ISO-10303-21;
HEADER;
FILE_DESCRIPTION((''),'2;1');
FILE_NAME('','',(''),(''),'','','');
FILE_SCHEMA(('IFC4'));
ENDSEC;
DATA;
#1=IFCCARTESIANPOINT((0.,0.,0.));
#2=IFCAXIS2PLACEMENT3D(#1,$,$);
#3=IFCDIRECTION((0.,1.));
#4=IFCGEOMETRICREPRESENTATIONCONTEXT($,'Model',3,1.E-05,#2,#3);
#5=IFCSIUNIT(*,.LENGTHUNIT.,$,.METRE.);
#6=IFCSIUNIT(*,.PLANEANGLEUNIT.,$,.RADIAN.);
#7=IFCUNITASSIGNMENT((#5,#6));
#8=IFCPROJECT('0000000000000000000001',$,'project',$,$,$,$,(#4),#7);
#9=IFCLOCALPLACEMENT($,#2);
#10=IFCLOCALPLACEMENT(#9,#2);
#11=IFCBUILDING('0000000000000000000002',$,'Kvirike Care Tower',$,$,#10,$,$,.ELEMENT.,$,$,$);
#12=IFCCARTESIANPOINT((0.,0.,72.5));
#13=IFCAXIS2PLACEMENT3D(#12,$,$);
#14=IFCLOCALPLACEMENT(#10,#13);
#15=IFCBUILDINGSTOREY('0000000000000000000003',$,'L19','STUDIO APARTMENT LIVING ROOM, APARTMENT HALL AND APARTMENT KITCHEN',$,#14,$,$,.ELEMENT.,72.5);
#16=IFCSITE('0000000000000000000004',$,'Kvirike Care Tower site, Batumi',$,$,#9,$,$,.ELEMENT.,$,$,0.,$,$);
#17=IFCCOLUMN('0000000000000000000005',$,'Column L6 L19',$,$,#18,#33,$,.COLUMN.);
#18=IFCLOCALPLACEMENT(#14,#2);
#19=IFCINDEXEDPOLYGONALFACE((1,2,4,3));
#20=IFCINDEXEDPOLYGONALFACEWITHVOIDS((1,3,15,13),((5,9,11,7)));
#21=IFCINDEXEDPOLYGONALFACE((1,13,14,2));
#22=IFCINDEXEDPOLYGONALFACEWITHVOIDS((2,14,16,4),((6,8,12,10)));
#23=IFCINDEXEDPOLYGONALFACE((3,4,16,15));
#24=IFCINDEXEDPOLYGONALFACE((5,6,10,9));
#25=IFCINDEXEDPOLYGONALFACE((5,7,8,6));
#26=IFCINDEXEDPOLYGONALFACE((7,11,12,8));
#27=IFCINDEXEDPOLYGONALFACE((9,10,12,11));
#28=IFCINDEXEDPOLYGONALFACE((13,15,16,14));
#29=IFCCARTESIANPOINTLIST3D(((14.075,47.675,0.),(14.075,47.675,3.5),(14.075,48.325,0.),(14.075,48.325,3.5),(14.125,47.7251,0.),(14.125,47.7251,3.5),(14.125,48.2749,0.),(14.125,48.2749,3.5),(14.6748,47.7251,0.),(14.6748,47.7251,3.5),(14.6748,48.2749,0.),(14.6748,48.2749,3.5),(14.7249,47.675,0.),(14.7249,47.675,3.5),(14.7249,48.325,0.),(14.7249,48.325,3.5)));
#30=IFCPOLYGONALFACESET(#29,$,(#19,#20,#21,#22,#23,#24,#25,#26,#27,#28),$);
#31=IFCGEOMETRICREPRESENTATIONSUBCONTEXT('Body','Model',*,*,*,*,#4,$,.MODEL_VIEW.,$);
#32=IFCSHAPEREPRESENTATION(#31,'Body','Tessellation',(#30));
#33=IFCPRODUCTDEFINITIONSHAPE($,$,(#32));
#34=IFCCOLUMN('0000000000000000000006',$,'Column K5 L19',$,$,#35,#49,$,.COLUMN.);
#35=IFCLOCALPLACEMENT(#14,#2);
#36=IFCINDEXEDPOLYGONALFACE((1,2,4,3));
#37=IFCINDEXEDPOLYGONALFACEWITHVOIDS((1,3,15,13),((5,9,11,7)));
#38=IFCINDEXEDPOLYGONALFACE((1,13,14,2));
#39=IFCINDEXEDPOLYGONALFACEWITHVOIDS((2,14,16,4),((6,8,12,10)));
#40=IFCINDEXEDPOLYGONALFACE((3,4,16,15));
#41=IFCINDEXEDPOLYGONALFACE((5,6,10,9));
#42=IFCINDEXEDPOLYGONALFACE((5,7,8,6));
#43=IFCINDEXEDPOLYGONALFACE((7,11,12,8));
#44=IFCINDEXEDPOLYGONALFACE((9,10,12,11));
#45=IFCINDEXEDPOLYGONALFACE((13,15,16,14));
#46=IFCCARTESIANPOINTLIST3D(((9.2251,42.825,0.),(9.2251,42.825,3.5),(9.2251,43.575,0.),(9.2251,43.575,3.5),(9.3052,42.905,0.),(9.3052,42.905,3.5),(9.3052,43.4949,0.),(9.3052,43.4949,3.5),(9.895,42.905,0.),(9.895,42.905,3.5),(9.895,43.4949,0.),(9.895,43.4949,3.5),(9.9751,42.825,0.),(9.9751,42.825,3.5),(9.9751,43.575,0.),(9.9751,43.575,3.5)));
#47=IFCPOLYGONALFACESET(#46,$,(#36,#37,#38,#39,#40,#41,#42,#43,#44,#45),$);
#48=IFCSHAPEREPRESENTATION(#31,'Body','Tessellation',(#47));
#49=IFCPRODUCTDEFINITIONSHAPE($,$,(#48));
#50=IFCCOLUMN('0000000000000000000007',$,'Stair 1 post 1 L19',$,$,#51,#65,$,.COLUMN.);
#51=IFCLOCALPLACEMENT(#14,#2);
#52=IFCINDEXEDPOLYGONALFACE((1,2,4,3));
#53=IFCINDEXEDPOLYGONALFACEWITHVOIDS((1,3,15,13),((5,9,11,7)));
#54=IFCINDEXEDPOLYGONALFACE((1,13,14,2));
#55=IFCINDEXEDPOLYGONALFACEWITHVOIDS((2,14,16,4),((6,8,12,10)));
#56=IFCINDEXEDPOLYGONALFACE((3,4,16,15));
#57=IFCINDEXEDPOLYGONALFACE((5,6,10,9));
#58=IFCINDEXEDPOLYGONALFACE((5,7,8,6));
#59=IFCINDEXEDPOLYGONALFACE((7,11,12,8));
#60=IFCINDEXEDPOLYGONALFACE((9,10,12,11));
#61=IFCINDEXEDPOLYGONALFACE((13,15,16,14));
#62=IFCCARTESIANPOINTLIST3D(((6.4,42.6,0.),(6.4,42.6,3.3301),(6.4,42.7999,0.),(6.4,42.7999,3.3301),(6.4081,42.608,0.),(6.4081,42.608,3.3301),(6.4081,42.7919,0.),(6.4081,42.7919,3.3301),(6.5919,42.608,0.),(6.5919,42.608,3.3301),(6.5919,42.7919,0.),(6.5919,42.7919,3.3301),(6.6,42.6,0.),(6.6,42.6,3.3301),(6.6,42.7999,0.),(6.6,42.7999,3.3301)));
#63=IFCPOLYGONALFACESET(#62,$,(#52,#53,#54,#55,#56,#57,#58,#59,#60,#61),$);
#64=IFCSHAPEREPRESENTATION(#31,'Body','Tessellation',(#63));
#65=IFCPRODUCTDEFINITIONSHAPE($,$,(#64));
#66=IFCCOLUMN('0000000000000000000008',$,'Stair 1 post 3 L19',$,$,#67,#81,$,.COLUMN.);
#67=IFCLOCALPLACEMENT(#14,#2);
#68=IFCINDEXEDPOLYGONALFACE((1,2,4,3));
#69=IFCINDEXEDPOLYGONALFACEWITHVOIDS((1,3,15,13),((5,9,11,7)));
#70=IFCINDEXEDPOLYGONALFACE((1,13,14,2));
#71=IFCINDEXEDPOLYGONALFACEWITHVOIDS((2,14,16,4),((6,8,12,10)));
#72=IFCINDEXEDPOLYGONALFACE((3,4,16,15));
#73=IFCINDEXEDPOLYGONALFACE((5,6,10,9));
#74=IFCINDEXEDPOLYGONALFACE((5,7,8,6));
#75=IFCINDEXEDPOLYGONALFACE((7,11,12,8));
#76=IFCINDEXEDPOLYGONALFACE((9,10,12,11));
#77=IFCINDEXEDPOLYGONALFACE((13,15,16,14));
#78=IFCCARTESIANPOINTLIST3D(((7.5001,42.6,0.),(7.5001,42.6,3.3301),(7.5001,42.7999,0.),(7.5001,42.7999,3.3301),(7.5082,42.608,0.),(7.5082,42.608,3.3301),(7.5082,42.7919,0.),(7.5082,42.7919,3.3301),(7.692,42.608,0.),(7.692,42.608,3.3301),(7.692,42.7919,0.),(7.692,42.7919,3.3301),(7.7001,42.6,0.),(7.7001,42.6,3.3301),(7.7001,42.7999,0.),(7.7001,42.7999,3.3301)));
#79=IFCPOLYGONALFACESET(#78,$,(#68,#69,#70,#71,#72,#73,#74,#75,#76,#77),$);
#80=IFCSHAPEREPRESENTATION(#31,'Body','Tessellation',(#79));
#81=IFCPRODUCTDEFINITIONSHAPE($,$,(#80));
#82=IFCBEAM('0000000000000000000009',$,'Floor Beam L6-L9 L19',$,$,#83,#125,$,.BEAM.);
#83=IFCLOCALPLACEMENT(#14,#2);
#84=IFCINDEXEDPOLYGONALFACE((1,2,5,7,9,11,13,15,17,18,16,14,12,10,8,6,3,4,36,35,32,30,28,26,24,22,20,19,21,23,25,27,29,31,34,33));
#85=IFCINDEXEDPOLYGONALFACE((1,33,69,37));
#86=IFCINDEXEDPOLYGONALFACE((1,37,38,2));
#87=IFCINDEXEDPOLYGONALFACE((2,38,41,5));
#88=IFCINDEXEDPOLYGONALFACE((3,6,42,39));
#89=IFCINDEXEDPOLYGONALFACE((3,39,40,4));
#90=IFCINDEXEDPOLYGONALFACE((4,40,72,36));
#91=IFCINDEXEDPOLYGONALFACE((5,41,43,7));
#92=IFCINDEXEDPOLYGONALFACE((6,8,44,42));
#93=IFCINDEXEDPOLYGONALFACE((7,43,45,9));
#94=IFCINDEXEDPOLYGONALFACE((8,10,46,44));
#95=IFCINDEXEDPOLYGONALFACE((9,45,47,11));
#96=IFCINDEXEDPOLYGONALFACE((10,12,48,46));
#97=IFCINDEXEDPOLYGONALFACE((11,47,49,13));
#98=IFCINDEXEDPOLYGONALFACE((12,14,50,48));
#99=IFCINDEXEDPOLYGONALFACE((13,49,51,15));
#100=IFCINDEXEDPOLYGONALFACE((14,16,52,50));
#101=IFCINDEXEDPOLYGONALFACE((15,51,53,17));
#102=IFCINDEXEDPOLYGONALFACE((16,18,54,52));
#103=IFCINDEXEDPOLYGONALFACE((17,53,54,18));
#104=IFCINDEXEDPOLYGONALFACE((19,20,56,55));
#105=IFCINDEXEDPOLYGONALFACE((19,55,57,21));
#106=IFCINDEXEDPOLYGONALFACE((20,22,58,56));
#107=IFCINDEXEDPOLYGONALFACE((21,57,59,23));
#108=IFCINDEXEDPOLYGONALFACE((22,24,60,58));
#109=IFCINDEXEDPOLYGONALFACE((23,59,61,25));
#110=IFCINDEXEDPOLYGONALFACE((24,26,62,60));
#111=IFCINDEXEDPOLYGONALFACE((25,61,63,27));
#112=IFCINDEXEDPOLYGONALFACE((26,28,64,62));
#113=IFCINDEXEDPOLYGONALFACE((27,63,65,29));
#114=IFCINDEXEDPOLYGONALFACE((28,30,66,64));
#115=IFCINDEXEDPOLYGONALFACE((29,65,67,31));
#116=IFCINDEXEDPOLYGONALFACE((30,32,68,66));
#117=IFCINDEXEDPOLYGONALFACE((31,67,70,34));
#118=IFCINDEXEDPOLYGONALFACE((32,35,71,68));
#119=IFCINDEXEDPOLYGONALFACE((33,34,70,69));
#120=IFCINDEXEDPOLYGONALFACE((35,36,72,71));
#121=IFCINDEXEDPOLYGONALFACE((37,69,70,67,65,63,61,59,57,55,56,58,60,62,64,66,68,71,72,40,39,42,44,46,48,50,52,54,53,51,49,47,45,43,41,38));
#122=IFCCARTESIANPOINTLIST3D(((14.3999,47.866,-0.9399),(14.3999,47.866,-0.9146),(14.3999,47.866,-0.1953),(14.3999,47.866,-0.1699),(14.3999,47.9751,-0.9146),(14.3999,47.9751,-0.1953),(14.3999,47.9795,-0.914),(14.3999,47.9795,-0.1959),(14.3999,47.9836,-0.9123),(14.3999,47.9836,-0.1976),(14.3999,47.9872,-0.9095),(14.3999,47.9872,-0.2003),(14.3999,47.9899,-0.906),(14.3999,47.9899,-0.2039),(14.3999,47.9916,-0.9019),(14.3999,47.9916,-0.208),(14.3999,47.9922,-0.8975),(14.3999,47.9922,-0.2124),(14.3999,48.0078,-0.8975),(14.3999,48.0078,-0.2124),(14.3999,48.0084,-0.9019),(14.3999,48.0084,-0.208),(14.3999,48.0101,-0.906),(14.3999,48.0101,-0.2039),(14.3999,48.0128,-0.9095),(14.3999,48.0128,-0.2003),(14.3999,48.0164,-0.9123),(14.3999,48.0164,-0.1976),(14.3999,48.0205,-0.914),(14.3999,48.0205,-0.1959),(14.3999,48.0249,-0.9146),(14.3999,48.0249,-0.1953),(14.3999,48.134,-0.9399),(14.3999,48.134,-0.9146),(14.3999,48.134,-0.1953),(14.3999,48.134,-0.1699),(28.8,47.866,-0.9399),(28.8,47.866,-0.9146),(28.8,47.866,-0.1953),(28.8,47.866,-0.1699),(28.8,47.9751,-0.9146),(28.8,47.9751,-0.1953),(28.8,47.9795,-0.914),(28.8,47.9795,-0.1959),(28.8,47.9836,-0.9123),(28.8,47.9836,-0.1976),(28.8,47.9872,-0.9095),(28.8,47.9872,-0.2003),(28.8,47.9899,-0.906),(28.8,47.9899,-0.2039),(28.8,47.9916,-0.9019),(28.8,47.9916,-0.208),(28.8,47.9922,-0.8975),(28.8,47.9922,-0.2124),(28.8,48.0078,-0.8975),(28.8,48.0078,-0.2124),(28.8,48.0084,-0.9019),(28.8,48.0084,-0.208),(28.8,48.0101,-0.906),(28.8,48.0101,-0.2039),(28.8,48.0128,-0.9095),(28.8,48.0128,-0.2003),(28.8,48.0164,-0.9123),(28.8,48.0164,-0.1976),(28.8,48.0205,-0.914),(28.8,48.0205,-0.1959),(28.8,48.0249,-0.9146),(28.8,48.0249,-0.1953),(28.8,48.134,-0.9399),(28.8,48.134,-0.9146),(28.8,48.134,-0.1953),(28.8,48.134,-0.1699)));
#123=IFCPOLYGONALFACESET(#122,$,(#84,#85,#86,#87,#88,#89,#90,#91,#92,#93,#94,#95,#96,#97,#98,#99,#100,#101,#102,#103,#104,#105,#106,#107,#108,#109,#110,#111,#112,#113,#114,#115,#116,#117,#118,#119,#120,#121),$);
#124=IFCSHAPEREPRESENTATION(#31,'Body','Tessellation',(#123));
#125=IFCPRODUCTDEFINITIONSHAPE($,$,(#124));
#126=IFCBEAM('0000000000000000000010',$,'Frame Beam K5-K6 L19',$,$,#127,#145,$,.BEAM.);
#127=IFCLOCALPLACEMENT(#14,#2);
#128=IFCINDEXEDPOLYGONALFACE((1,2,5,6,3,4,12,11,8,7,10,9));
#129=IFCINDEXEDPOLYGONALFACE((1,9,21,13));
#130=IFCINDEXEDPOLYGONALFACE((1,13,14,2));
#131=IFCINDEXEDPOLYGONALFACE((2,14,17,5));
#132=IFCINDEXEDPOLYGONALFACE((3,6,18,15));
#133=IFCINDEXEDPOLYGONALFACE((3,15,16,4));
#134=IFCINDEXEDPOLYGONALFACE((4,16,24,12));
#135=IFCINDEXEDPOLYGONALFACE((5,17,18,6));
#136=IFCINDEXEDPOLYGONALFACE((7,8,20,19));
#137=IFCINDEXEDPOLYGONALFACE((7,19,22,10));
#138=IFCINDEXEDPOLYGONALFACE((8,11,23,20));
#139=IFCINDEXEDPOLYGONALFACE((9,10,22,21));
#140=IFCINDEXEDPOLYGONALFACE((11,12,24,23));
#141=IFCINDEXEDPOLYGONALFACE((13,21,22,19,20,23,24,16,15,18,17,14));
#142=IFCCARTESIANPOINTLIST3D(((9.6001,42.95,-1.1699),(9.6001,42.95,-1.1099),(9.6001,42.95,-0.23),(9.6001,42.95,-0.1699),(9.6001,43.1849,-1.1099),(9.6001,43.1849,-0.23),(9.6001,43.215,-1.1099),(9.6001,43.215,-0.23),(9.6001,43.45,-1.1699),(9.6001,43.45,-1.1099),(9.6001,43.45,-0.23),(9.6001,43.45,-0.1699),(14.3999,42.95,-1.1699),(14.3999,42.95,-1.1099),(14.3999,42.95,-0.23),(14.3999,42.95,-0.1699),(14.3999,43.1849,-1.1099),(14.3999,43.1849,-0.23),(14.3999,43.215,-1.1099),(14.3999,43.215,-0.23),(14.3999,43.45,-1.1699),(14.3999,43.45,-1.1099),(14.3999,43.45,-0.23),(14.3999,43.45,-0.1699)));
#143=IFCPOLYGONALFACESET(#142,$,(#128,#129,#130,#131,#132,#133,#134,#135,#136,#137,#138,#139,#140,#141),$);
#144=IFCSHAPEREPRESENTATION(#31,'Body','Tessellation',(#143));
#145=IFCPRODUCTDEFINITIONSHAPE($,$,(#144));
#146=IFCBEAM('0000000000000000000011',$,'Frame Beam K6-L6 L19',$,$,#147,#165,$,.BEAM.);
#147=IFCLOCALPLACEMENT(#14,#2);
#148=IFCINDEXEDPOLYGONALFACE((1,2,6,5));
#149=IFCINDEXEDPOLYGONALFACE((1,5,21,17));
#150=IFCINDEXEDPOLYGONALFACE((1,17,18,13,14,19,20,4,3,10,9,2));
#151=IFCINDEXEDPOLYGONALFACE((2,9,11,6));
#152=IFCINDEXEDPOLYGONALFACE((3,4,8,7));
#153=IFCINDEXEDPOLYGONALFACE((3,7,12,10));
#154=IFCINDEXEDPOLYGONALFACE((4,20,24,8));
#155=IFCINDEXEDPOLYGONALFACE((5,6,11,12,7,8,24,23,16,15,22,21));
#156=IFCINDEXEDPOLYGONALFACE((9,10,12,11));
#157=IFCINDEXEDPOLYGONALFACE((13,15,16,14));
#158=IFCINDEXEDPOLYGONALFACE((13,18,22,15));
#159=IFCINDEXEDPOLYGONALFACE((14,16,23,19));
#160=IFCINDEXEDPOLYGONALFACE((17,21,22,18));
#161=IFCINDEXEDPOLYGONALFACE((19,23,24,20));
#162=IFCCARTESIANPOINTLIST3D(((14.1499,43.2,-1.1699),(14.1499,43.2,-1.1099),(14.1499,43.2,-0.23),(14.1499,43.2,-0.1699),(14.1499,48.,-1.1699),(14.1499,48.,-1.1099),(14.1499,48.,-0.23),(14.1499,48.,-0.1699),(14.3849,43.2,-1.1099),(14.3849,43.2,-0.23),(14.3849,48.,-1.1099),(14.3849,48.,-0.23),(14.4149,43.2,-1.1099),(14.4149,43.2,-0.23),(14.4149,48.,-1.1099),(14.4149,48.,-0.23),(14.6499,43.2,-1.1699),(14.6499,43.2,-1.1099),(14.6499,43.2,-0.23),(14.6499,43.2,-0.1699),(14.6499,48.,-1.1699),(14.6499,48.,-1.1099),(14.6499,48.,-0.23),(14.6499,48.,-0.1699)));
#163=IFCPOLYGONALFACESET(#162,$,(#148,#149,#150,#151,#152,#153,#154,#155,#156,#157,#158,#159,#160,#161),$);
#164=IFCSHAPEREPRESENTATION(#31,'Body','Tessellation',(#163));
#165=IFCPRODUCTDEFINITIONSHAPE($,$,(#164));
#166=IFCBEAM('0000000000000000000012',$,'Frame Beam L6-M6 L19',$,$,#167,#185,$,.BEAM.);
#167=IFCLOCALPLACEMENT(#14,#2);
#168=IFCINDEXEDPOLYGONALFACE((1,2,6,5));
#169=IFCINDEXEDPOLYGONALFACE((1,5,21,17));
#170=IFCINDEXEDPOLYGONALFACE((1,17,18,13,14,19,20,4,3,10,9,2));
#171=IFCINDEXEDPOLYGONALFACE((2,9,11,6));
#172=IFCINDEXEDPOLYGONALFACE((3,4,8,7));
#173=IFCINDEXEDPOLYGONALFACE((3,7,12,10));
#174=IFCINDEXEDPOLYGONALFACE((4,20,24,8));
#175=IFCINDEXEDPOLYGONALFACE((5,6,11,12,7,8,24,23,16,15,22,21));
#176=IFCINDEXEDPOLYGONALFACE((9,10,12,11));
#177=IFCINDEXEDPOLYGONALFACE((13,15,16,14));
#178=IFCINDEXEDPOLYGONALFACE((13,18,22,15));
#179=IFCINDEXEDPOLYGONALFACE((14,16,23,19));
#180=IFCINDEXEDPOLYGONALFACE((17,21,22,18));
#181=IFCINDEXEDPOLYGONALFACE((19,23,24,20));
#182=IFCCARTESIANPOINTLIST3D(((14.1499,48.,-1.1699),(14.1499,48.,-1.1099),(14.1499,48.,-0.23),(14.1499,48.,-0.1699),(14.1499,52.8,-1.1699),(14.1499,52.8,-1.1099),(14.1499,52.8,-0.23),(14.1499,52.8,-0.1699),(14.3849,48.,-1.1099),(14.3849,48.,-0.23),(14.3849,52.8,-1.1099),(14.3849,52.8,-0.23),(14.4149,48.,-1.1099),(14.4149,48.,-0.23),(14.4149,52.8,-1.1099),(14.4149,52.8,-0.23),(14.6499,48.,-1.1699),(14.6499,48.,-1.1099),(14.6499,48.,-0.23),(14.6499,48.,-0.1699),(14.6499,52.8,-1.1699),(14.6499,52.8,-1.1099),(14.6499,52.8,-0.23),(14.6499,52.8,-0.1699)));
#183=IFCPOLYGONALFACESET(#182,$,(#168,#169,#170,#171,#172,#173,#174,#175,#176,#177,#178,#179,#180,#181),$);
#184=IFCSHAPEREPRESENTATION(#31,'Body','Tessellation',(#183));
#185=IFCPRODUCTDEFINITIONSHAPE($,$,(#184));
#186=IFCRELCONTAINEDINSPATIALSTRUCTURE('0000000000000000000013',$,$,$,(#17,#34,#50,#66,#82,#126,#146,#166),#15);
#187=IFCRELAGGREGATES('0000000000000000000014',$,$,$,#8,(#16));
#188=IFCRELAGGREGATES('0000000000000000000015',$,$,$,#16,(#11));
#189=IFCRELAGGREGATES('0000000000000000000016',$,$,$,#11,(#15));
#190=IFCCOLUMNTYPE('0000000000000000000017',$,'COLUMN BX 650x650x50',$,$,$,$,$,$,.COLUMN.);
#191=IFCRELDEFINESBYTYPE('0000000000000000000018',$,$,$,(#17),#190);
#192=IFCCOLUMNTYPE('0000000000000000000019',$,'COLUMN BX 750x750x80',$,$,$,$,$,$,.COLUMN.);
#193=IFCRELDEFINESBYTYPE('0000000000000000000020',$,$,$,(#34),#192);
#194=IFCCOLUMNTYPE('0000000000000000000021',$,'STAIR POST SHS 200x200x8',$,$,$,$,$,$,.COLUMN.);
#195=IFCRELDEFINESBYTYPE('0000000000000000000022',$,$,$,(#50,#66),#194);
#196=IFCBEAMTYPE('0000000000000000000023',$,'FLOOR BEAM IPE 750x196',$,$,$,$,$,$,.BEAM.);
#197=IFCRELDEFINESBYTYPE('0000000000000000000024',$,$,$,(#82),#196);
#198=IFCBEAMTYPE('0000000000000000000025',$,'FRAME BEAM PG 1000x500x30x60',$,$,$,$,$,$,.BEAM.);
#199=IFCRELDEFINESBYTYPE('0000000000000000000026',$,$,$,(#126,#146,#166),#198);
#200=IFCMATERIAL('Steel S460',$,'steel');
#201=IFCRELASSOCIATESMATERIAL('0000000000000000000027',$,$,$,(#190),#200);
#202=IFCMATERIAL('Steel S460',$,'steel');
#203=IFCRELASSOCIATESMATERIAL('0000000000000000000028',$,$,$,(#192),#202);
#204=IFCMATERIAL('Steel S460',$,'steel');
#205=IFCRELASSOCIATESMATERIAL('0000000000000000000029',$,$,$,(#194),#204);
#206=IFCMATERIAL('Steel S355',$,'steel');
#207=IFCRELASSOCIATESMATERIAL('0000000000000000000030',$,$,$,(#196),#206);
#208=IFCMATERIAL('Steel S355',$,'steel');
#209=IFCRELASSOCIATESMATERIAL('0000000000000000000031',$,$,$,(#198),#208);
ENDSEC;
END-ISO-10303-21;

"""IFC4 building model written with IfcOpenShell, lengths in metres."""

from ifc_helpers import new_model, si_unit, direction, frame, origin, origin_2d, place, context, subcontext, project, spatial, hollow_rectangle, i_section, extrude, material, material_profile, profile_set, type_object, element, save


model = new_model("IFC4")

# Units and contexts
model_context = context("Model", 3, precision=1e-05, world=origin(), true_north=direction((0.0, 1.0)))
body_context = subcontext(model_context, "Body", "Model", "MODEL_VIEW")
ifc_project = project(units=[si_unit("LENGTHUNIT", "METRE"), si_unit("PLANEANGLEUNIT", "RADIAN")], contexts=[model_context])

# Site, building, storey
site_placement = place(None, origin())
site = spatial("IfcSite", under=ifc_project, at=site_placement, Name="Kvirike Care Tower site, Batumi", CompositionType="ELEMENT", RefElevation=0.0)
building_placement = place(site_placement, origin())
building = spatial("IfcBuilding", under=site, at=building_placement, Name="Kvirike Care Tower", CompositionType="ELEMENT")
storey_placement = place(building_placement, frame((0.0, 0.0, 72.5)))
storey = spatial("IfcBuildingStorey", under=building, at=storey_placement, Name="L19", Description="STUDIO APARTMENT LIVING ROOM, APARTMENT HALL AND APARTMENT KITCHEN", CompositionType="ELEMENT", Elevation=72.5)

# Columns
ifc_material_1 = material(Name="Steel S460", Category="steel")
ifc_material_profile_1 = material_profile(ifc_material_1, hollow_rectangle(XDim=0.6499, YDim=0.6499, WallThickness=0.05, at=origin_2d()), Name="BX 650x650x50")
ifc_profile_set_1 = profile_set([ifc_material_profile_1], Name="Steel S460")
column_type_1 = type_object("IfcColumnType", Name="COLUMN BX 650x650x50", PredefinedType="COLUMN", material=ifc_profile_set_1)
column_1_placement = place(storey_placement, frame((14.3999, 48.0, 0.0), z_axis=(0.0, 0.0, 1.0), x_axis=(1.0, 0.0, 0.0)))
element("IfcColumn", 1, at=column_1_placement, inside=storey, type_object=column_type_1, Name="Column L6 L19", PredefinedType="COLUMN", context=body_context, shape_type="SweptSolid", body=[
    extrude(hollow_rectangle(XDim=0.6499, YDim=0.6499, WallThickness=0.05, at=origin_2d()), origin(), (0.0, 0.0, 1.0), 3.5),
])
ifc_material_2 = material(Name="Steel S460", Category="steel")
ifc_material_profile_2 = material_profile(ifc_material_2, hollow_rectangle(XDim=0.75, YDim=0.75, WallThickness=0.0801, at=origin_2d()), Name="BX 750x750x80")
ifc_profile_set_2 = profile_set([ifc_material_profile_2], Name="Steel S460")
column_type_2 = type_object("IfcColumnType", Name="COLUMN BX 750x750x80", PredefinedType="COLUMN", material=ifc_profile_set_2)
column_2_placement = place(storey_placement, frame((9.6001, 43.2, 0.0), z_axis=(0.0, 0.0, 1.0), x_axis=(0.0, 1.0, 0.0)))
element("IfcColumn", 2, at=column_2_placement, inside=storey, type_object=column_type_2, Name="Column K5 L19", PredefinedType="COLUMN", context=body_context, shape_type="SweptSolid", body=[
    extrude(hollow_rectangle(XDim=0.75, YDim=0.75, WallThickness=0.0801, at=origin_2d()), origin(), (0.0, 0.0, 1.0), 3.5),
])
ifc_material_3 = material(Name="Steel S460", Category="steel")
ifc_material_profile_3 = material_profile(ifc_material_3, hollow_rectangle(XDim=0.2, YDim=0.2, WallThickness=0.0081, at=origin_2d()), Name="SHS 200x200x8")
ifc_profile_set_3 = profile_set([ifc_material_profile_3], Name="Steel S460")
column_type_3 = type_object("IfcColumnType", Name="STAIR POST SHS 200x200x8", PredefinedType="COLUMN", material=ifc_profile_set_3)
for number, where, z_axis, x_axis, name in (
    (3, (6.5, 42.7, 0.0), (0.0, 0.0, 1.0), (1.0, 0.0, 0.0), "Stair 1 post 1 L19"),
    (4, (7.6001, 42.7, 0.0), (0.0, 0.0, 1.0), (1.0, 0.0, 0.0), "Stair 1 post 3 L19"),
):
    element("IfcColumn", number, at=place(storey_placement, frame(where, z_axis=z_axis, x_axis=x_axis)), inside=storey, type_object=column_type_3, Name=name, PredefinedType="COLUMN", context=body_context, shape_type="SweptSolid", body=[
        extrude(hollow_rectangle(XDim=0.2, YDim=0.2, WallThickness=0.0081, at=origin_2d()), origin(), (0.0, 0.0, 1.0), 3.3301),
    ])

# Beams
ifc_material_4 = material(Name="Steel S355", Category="steel")
ifc_material_profile_4 = material_profile(ifc_material_4, i_section(OverallWidth=0.2681, OverallDepth=0.77, WebThickness=0.0156, FlangeThickness=0.0254, FilletRadius=0.0171, at=origin_2d()), Name="IPE 750x196")
ifc_profile_set_4 = profile_set([ifc_material_profile_4], Name="Steel S355")
beam_type_1 = type_object("IfcBeamType", Name="FLOOR BEAM IPE 750x196", PredefinedType="BEAM", material=ifc_profile_set_4)
beam_1_placement = place(storey_placement, frame((14.3999, 48.0, -0.5549), z_axis=(1.0, 0.0, 0.0), x_axis=(0.0, 1.0, 0.0)))
element("IfcBeam", 5, at=beam_1_placement, inside=storey, type_object=beam_type_1, Name="Floor Beam L6-L9 L19", PredefinedType="BEAM", context=body_context, shape_type="SweptSolid", body=[
    extrude(i_section(OverallWidth=0.2681, OverallDepth=0.77, WebThickness=0.0156, FlangeThickness=0.0254, FilletRadius=0.0171, at=origin_2d()), origin(), (0.0, 0.0, 1.0), 14.4001),
])
ifc_material_5 = material(Name="Steel S355", Category="steel")
ifc_material_profile_5 = material_profile(ifc_material_5, i_section(OverallWidth=0.5, OverallDepth=1.0, WebThickness=0.03, FlangeThickness=0.0601, at=origin_2d()), Name="PG 1000x500x30x60")
ifc_profile_set_5 = profile_set([ifc_material_profile_5], Name="Steel S355")
beam_type_2 = type_object("IfcBeamType", Name="FRAME BEAM PG 1000x500x30x60", PredefinedType="BEAM", material=ifc_profile_set_5)
beam_2_placement = place(storey_placement, frame((9.6001, 43.2, -0.6699), z_axis=(1.0, 0.0, 0.0), x_axis=(0.0, 1.0, 0.0)))
element("IfcBeam", 6, at=beam_2_placement, inside=storey, type_object=beam_type_2, Name="Frame Beam K5-K6 L19", PredefinedType="BEAM", context=body_context, shape_type="SweptSolid", body=[
    extrude(i_section(OverallWidth=0.5, OverallDepth=1.0, WebThickness=0.03, FlangeThickness=0.0601, at=origin_2d()), origin(), (0.0, 0.0, 1.0), 4.7998),
])
for number, where, z_axis, x_axis, name in (
    (7, (14.3999, 43.2, -0.6699), (0.0, 1.0, 0.0), (-1.0, 0.0, 0.0), "Frame Beam K6-L6 L19"),
    (8, (14.3999, 48.0, -0.6699), (0.0, 1.0, 0.0), (-1.0, 0.0, 0.0), "Frame Beam L6-M6 L19"),
):
    element("IfcBeam", number, at=place(storey_placement, frame(where, z_axis=z_axis, x_axis=x_axis)), inside=storey, type_object=beam_type_2, Name=name, PredefinedType="BEAM", context=body_context, shape_type="SweptSolid", body=[
        extrude(i_section(OverallWidth=0.5, OverallDepth=1.0, WebThickness=0.03, FlangeThickness=0.0601, at=origin_2d()), origin(), (0.0, 0.0, 1.0), 4.8),
    ])

save(model, "model.ifc")
